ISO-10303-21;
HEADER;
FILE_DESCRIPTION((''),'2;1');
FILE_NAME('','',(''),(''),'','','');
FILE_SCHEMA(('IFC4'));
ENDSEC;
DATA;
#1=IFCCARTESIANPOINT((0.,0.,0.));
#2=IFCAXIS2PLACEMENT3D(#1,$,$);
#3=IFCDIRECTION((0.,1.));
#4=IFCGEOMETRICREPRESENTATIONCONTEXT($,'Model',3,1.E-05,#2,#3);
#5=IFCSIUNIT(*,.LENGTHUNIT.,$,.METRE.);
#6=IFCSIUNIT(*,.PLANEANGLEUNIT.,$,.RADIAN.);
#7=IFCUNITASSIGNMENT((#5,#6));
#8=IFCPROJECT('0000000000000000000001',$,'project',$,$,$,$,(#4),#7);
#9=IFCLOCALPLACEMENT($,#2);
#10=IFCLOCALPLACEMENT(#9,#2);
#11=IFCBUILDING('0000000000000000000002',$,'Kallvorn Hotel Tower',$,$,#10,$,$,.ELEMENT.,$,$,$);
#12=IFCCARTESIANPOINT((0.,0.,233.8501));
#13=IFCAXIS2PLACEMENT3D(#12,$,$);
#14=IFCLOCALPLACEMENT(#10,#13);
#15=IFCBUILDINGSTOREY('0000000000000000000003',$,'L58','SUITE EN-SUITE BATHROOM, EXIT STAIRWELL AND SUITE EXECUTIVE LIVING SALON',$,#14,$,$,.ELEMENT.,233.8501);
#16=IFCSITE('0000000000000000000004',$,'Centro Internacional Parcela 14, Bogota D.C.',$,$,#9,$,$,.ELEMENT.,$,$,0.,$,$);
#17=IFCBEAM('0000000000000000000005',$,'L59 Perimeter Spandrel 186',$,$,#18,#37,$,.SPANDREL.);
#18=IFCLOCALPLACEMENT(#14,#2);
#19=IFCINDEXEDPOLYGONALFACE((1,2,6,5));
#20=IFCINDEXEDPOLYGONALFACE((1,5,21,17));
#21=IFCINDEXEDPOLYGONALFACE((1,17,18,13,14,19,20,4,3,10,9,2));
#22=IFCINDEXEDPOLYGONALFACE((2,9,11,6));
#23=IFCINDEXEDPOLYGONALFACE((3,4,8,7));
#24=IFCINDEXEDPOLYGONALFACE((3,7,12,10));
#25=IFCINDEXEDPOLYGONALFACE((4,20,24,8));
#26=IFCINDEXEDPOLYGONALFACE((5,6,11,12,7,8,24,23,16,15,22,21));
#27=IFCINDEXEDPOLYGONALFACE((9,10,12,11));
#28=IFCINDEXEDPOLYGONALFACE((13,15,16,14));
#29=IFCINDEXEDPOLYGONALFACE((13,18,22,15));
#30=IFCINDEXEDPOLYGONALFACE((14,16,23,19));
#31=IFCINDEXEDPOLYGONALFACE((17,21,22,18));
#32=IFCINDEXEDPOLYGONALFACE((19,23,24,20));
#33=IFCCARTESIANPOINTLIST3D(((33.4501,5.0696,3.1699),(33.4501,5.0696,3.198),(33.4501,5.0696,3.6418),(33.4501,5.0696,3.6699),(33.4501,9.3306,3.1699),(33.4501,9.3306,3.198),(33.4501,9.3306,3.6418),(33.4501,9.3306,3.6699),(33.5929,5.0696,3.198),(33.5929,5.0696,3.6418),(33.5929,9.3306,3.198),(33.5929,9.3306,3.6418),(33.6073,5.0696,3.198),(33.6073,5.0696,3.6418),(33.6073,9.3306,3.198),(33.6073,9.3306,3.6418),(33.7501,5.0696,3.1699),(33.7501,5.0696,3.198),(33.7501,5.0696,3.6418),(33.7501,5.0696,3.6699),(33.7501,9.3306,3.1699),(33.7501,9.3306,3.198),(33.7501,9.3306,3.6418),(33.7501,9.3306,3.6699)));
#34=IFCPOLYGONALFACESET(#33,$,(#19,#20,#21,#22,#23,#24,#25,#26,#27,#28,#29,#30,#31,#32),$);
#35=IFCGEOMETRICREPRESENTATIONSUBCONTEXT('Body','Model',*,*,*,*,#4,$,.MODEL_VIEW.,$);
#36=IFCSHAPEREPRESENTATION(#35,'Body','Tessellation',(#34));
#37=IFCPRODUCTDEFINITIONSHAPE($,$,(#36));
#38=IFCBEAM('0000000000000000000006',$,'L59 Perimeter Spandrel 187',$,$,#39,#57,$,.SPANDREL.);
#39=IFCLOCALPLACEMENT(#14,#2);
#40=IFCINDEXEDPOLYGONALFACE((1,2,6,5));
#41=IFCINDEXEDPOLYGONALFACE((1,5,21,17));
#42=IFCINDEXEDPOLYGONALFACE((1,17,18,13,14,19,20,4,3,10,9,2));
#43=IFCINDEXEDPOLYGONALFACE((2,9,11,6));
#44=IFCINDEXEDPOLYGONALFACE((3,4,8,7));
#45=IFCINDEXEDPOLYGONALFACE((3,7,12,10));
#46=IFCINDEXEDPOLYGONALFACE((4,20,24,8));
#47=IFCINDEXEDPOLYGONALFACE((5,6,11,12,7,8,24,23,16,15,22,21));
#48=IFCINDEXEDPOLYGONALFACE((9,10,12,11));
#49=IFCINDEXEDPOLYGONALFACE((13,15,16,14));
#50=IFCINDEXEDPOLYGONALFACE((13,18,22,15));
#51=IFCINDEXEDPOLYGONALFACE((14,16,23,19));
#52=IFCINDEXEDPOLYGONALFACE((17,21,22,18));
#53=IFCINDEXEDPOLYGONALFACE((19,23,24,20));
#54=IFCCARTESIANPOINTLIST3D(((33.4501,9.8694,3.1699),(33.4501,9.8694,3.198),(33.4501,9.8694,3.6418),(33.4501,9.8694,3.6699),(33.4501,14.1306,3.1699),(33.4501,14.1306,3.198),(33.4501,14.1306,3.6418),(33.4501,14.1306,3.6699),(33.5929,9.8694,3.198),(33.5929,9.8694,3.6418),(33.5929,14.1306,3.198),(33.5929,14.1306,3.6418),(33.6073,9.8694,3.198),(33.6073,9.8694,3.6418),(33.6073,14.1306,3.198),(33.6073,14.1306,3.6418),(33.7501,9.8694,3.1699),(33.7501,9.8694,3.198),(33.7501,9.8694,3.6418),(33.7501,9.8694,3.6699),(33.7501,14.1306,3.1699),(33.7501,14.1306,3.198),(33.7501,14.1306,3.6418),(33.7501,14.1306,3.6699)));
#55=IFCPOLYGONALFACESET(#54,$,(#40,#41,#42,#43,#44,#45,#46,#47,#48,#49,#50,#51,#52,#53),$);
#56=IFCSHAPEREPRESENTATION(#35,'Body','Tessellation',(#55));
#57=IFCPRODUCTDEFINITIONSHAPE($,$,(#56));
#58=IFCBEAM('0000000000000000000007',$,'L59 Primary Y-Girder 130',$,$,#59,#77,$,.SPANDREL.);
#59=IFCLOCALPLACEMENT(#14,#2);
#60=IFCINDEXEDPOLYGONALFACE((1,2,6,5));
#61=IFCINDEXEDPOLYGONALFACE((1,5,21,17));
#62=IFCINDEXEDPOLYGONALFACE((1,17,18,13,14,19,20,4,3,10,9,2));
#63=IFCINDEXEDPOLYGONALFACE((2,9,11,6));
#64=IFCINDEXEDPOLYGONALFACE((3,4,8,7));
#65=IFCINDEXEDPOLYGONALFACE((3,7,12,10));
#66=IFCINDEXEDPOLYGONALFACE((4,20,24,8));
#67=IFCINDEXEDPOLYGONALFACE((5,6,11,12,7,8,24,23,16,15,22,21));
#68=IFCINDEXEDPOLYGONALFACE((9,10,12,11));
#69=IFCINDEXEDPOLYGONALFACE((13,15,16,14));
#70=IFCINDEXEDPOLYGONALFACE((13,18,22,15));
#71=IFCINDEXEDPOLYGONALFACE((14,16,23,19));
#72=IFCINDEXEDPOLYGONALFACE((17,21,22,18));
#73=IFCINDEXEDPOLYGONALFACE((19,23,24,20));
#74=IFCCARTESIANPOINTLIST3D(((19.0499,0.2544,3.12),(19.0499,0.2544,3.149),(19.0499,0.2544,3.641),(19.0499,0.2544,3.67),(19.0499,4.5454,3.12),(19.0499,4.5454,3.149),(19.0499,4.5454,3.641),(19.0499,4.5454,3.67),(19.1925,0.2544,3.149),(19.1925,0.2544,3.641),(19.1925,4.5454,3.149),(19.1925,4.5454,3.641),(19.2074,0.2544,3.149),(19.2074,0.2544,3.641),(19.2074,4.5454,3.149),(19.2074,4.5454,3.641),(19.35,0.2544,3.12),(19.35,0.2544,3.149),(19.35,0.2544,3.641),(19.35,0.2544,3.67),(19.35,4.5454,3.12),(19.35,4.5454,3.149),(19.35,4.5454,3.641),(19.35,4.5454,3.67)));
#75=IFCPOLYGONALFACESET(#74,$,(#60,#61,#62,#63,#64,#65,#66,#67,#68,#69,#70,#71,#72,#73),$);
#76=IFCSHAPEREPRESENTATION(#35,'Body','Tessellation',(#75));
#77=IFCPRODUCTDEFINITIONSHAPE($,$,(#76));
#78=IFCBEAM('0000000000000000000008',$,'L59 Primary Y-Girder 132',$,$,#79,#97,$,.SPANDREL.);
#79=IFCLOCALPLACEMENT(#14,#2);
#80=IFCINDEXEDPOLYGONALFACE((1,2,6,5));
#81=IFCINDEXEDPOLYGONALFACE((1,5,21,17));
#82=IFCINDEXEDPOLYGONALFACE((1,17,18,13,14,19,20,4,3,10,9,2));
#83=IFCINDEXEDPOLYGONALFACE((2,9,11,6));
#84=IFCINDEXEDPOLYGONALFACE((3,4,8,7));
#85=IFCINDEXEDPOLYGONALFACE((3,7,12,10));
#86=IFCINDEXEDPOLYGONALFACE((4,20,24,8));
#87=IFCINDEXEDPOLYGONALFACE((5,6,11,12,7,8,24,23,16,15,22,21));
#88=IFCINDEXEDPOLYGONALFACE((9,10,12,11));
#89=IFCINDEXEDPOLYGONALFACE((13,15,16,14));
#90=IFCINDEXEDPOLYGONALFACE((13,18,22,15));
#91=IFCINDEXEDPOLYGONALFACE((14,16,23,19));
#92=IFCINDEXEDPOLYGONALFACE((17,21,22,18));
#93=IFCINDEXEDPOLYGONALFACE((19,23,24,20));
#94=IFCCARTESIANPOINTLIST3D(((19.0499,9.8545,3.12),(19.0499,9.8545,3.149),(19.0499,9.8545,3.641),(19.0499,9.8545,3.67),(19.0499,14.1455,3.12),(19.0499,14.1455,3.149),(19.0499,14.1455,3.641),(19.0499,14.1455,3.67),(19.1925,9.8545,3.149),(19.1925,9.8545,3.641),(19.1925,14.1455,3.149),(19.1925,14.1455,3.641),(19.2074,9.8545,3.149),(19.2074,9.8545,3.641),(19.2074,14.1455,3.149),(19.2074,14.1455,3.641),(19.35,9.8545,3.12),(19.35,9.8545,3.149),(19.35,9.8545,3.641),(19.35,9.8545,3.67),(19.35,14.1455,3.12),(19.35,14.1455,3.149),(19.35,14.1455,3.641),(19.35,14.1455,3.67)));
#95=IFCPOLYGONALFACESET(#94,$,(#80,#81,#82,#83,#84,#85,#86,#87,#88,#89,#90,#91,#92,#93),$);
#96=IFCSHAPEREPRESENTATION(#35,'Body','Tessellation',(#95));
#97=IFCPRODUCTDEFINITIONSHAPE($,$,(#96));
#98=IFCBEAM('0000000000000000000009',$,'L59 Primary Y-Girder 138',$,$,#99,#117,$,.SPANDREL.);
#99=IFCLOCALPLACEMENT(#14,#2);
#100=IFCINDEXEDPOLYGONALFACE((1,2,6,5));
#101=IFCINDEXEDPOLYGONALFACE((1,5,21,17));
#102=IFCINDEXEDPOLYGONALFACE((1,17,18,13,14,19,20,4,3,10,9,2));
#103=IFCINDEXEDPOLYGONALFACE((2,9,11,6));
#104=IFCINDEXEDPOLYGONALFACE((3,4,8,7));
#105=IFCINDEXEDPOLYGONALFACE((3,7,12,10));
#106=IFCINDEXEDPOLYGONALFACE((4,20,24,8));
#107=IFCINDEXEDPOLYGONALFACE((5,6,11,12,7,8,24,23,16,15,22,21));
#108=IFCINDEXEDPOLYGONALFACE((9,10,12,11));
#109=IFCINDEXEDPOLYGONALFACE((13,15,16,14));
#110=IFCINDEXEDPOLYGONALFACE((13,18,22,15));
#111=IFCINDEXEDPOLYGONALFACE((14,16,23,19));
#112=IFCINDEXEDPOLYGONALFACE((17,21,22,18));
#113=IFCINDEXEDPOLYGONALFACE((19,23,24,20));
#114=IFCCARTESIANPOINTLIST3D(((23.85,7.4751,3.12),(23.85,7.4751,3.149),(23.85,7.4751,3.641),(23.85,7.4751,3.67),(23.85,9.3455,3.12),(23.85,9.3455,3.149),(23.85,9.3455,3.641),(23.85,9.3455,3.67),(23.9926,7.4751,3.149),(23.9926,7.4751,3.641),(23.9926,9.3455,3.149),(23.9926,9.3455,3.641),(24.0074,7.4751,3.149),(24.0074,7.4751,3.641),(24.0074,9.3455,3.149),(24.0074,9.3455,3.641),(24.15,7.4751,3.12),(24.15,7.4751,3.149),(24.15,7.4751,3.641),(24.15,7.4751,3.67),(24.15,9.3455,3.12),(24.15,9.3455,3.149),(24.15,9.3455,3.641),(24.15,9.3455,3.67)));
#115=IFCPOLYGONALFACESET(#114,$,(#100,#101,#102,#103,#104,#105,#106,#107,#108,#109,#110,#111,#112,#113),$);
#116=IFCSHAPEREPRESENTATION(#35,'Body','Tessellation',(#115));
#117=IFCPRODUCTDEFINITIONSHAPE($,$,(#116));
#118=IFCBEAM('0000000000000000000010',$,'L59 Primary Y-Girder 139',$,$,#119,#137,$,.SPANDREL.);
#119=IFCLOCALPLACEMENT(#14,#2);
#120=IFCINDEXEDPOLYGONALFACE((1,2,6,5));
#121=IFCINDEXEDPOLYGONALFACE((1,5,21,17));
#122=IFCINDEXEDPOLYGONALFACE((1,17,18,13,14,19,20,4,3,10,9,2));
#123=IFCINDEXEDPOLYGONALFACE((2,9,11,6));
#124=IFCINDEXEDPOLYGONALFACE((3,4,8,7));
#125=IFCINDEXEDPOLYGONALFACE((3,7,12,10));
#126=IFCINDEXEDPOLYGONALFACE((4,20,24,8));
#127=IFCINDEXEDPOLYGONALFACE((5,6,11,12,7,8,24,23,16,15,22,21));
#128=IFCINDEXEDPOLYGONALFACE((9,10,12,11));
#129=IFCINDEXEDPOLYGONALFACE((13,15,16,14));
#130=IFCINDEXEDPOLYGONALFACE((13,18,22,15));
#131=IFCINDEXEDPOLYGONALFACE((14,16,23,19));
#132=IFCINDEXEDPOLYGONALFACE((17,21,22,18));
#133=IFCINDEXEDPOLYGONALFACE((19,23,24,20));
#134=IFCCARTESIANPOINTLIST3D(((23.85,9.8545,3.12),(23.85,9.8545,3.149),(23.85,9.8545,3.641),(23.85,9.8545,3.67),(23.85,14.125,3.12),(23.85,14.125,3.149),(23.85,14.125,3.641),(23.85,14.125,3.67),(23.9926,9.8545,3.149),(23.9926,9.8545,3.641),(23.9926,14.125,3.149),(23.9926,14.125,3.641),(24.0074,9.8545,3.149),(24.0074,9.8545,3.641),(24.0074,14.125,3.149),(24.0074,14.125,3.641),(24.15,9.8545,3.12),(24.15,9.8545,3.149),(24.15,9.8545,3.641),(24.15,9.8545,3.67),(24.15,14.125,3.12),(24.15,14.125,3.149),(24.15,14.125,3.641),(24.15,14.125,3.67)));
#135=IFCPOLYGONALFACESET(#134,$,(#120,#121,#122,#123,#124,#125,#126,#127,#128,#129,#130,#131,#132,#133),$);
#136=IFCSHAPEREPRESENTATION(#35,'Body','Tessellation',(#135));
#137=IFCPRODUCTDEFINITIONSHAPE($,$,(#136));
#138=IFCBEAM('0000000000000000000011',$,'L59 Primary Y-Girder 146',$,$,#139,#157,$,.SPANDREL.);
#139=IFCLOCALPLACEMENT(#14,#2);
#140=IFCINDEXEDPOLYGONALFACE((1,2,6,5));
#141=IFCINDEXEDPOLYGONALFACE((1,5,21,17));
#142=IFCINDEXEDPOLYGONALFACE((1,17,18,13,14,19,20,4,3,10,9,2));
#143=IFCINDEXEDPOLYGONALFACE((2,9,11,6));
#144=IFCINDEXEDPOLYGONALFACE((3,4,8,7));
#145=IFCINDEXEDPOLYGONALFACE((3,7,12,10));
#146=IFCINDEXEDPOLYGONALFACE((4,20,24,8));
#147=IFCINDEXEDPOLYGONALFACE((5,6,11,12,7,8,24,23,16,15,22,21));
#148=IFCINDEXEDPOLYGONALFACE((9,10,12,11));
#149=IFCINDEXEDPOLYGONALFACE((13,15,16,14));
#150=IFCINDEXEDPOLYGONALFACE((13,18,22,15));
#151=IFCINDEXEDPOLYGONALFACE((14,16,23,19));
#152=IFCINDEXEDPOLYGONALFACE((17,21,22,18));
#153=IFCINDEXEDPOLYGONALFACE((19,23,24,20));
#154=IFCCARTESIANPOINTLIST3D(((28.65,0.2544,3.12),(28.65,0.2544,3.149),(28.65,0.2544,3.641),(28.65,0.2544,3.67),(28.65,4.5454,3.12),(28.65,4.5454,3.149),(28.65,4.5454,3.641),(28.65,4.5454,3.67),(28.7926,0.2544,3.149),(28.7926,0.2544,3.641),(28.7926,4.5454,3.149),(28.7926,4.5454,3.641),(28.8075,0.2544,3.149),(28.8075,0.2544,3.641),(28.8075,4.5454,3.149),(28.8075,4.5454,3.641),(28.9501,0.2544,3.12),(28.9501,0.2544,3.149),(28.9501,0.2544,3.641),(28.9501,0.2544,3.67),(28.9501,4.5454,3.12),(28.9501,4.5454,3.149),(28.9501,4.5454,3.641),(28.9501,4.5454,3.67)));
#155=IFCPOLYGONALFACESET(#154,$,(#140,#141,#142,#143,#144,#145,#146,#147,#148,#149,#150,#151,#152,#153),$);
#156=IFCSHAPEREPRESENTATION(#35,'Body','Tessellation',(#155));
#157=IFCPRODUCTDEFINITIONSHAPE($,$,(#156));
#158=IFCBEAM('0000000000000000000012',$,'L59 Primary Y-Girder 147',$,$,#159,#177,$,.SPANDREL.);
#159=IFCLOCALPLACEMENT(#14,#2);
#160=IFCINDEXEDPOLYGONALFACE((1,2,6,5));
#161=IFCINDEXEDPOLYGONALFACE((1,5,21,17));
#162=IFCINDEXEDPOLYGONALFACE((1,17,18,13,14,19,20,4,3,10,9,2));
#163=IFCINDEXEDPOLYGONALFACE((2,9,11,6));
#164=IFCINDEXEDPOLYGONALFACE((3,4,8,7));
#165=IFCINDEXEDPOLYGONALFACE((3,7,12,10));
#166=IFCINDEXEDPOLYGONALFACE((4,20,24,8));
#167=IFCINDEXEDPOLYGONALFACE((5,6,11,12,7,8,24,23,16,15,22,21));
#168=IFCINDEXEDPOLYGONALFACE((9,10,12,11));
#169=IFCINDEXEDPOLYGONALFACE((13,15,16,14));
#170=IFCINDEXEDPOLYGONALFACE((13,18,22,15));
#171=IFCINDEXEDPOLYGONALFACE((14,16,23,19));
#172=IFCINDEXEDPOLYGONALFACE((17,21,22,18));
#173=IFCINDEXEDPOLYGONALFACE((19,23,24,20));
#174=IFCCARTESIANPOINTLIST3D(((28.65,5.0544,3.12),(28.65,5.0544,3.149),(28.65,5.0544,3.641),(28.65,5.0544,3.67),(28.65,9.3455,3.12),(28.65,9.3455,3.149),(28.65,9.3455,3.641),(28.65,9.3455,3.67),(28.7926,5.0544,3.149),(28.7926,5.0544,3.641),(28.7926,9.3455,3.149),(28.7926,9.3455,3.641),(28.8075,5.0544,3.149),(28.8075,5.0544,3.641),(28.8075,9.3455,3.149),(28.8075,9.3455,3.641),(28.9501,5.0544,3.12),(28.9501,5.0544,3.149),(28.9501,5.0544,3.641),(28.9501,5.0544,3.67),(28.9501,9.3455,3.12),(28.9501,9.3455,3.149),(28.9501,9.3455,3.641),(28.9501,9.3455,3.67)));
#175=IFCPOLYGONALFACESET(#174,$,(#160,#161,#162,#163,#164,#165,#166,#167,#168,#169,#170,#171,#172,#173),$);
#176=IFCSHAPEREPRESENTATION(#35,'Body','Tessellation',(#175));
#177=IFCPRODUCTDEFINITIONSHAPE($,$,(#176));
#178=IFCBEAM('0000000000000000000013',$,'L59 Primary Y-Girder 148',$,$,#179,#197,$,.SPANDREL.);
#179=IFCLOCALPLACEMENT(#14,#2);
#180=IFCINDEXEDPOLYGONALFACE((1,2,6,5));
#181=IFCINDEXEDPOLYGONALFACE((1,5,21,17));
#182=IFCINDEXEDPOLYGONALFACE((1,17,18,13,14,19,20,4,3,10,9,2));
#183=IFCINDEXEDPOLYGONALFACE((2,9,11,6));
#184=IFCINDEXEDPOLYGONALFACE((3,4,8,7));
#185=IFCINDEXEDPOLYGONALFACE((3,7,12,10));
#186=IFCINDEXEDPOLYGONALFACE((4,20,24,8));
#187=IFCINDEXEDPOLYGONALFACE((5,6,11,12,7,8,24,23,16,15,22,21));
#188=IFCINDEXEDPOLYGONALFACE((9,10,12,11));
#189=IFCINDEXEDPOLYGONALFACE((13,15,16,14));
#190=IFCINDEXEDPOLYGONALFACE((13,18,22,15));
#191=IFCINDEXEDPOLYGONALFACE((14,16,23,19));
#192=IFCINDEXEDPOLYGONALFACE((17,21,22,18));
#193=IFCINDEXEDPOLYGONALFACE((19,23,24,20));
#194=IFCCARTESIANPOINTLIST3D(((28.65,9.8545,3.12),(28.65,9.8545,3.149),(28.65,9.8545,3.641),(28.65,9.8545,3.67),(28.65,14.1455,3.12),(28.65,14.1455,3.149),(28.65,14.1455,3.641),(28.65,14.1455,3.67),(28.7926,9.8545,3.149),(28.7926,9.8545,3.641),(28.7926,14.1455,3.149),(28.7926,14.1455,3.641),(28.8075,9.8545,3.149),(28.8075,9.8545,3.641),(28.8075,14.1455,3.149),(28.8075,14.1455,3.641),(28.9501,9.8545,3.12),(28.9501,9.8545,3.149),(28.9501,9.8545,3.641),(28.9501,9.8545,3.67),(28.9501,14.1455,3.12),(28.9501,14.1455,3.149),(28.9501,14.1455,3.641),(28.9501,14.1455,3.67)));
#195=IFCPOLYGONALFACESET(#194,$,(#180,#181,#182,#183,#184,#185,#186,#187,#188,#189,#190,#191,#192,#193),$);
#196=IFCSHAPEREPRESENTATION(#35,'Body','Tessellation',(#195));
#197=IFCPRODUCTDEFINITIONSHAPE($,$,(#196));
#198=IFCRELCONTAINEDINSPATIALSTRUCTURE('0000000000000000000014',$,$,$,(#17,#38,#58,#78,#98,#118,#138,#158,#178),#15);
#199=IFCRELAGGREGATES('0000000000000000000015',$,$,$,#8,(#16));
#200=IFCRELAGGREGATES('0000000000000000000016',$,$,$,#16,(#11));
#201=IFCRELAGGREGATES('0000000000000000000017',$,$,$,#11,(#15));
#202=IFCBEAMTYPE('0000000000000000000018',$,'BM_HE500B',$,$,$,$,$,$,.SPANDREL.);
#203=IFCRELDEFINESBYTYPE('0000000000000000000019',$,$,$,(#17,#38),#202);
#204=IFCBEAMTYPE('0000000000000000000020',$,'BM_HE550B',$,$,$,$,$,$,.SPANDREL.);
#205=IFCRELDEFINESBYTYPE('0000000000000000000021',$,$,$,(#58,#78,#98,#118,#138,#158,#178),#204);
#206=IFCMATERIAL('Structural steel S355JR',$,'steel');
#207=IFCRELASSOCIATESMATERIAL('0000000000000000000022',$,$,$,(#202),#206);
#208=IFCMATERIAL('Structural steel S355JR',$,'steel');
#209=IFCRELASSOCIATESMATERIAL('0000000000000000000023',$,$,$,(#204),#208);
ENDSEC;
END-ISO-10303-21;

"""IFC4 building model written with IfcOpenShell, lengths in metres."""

from ifc_helpers import new_model, si_unit, direction, frame, origin, origin_2d, place, context, subcontext, project, spatial, i_section, extrude, material, material_profile, profile_set, type_object, element, save


model = new_model("IFC4")

# Units and contexts
model_context = context("Model", 3, precision=1e-05, world=origin(), true_north=direction((0.0, 1.0)))
body_context = subcontext(model_context, "Body", "Model", "MODEL_VIEW")
ifc_project = project(units=[si_unit("LENGTHUNIT", "METRE"), si_unit("PLANEANGLEUNIT", "RADIAN")], contexts=[model_context])

# Site, building, storey
site_placement = place(None, origin())
site = spatial("IfcSite", under=ifc_project, at=site_placement, Name="Centro Internacional Parcela 14, Bogota D.C.", CompositionType="ELEMENT", RefElevation=0.0)
building_placement = place(site_placement, origin())
building = spatial("IfcBuilding", under=site, at=building_placement, Name="Kallvorn Hotel Tower", CompositionType="ELEMENT")
storey_placement = place(building_placement, frame((0.0, 0.0, 233.8501)))
storey = spatial("IfcBuildingStorey", under=building, at=storey_placement, Name="L58", Description="SUITE EN-SUITE BATHROOM, EXIT STAIRWELL AND SUITE EXECUTIVE LIVING SALON", CompositionType="ELEMENT", Elevation=233.8501)

# Beams
ifc_material_1 = material(Name="Structural steel S355JR", Category="steel")
ifc_material_profile_1 = material_profile(ifc_material_1, i_section(OverallWidth=0.3, OverallDepth=0.5, WebThickness=0.0144, FlangeThickness=0.0281, at=origin_2d()), Name="HE 500 B")
ifc_profile_set_1 = profile_set([ifc_material_profile_1], Name="Structural steel S355JR")
beam_type_1 = type_object("IfcBeamType", Name="BM_HE500B", PredefinedType="SPANDREL", material=ifc_profile_set_1)
for number, where, z_axis, x_axis, name in (
    (1, (33.6001, 5.0696, 3.4199), (0.0, 1.0, 0.0), (-1.0, 0.0, 0.0), "L59 Perimeter Spandrel 186"),
):
    element("IfcBeam", number, at=place(storey_placement, frame(where, z_axis=z_axis, x_axis=x_axis)), inside=storey, type_object=beam_type_1, Name=name, PredefinedType="SPANDREL", context=body_context, shape_type="SweptSolid", body=[
        extrude(i_section(OverallWidth=0.3, OverallDepth=0.5, WebThickness=0.0144, FlangeThickness=0.0281, at=origin_2d()), origin(), (0.0, 0.0, 1.0), 4.261),
    ])
beam_1_placement = place(storey_placement, frame((33.6001, 9.8694, 3.4199), z_axis=(0.0, 1.0, 0.0), x_axis=(-1.0, 0.0, 0.0)))
element("IfcBeam", 2, at=beam_1_placement, inside=storey, type_object=beam_type_1, Name="L59 Perimeter Spandrel 187", PredefinedType="SPANDREL", context=body_context, shape_type="SweptSolid", body=[
    extrude(i_section(OverallWidth=0.3, OverallDepth=0.5, WebThickness=0.0144, FlangeThickness=0.0281, at=origin_2d()), origin(), (0.0, 0.0, 1.0), 4.2612),
])
ifc_material_2 = material(Name="Structural steel S355JR", Category="steel")
ifc_material_profile_2 = material_profile(ifc_material_2, i_section(OverallWidth=0.3, OverallDepth=0.55, WebThickness=0.0149, FlangeThickness=0.0291, at=origin_2d()), Name="HE 550 B")
ifc_profile_set_2 = profile_set([ifc_material_profile_2], Name="Structural steel S355JR")
beam_type_2 = type_object("IfcBeamType", Name="BM_HE550B", PredefinedType="SPANDREL", material=ifc_profile_set_2)
for number, where, z_axis, x_axis, name in (
    (3, (19.2, 0.2544, 3.395), (0.0, 1.0, 0.0), (-1.0, 0.0, 0.0), "L59 Primary Y-Girder 130"),
    (4, (19.2, 9.8545, 3.395), (0.0, 1.0, 0.0), (-1.0, 0.0, 0.0), "L59 Primary Y-Girder 132"),
):
    element("IfcBeam", number, at=place(storey_placement, frame(where, z_axis=z_axis, x_axis=x_axis)), inside=storey, type_object=beam_type_2, Name=name, PredefinedType="SPANDREL", context=body_context, shape_type="SweptSolid", body=[
        extrude(i_section(OverallWidth=0.3, OverallDepth=0.55, WebThickness=0.0149, FlangeThickness=0.0291, at=origin_2d()), origin(), (0.0, 0.0, 1.0), 4.291),
    ])
beam_2_placement = place(storey_placement, frame((24.0, 7.4751, 3.395), z_axis=(0.0, 1.0, 0.0), x_axis=(-1.0, 0.0, 0.0)))
element("IfcBeam", 5, at=beam_2_placement, inside=storey, type_object=beam_type_2, Name="L59 Primary Y-Girder 138", PredefinedType="SPANDREL", context=body_context, shape_type="SweptSolid", body=[
    extrude(i_section(OverallWidth=0.3, OverallDepth=0.55, WebThickness=0.0149, FlangeThickness=0.0291, at=origin_2d()), origin(), (0.0, 0.0, 1.0), 1.8704),
])
beam_3_placement = place(storey_placement, frame((24.0, 9.8545, 3.395), z_axis=(0.0, 1.0, 0.0), x_axis=(-1.0, 0.0, 0.0)))
element("IfcBeam", 6, at=beam_3_placement, inside=storey, type_object=beam_type_2, Name="L59 Primary Y-Girder 139", PredefinedType="SPANDREL", context=body_context, shape_type="SweptSolid", body=[
    extrude(i_section(OverallWidth=0.3, OverallDepth=0.55, WebThickness=0.0149, FlangeThickness=0.0291, at=origin_2d()), origin(), (0.0, 0.0, 1.0), 4.2705),
])
for number, where, z_axis, x_axis, name in (
    (7, (28.8, 0.2544, 3.395), (0.0, 1.0, 0.0), (-1.0, 0.0, 0.0), "L59 Primary Y-Girder 146"),
    (8, (28.8, 5.0544, 3.395), (0.0, 1.0, 0.0), (-1.0, 0.0, 0.0), "L59 Primary Y-Girder 147"),
    (9, (28.8, 9.8545, 3.395), (0.0, 1.0, 0.0), (-1.0, 0.0, 0.0), "L59 Primary Y-Girder 148"),
):
    element("IfcBeam", number, at=place(storey_placement, frame(where, z_axis=z_axis, x_axis=x_axis)), inside=storey, type_object=beam_type_2, Name=name, PredefinedType="SPANDREL", context=body_context, shape_type="SweptSolid", body=[
        extrude(i_section(OverallWidth=0.3, OverallDepth=0.55, WebThickness=0.0149, FlangeThickness=0.0291, at=origin_2d()), origin(), (0.0, 0.0, 1.0), 4.291),
    ])

save(model, "model.ifc")
